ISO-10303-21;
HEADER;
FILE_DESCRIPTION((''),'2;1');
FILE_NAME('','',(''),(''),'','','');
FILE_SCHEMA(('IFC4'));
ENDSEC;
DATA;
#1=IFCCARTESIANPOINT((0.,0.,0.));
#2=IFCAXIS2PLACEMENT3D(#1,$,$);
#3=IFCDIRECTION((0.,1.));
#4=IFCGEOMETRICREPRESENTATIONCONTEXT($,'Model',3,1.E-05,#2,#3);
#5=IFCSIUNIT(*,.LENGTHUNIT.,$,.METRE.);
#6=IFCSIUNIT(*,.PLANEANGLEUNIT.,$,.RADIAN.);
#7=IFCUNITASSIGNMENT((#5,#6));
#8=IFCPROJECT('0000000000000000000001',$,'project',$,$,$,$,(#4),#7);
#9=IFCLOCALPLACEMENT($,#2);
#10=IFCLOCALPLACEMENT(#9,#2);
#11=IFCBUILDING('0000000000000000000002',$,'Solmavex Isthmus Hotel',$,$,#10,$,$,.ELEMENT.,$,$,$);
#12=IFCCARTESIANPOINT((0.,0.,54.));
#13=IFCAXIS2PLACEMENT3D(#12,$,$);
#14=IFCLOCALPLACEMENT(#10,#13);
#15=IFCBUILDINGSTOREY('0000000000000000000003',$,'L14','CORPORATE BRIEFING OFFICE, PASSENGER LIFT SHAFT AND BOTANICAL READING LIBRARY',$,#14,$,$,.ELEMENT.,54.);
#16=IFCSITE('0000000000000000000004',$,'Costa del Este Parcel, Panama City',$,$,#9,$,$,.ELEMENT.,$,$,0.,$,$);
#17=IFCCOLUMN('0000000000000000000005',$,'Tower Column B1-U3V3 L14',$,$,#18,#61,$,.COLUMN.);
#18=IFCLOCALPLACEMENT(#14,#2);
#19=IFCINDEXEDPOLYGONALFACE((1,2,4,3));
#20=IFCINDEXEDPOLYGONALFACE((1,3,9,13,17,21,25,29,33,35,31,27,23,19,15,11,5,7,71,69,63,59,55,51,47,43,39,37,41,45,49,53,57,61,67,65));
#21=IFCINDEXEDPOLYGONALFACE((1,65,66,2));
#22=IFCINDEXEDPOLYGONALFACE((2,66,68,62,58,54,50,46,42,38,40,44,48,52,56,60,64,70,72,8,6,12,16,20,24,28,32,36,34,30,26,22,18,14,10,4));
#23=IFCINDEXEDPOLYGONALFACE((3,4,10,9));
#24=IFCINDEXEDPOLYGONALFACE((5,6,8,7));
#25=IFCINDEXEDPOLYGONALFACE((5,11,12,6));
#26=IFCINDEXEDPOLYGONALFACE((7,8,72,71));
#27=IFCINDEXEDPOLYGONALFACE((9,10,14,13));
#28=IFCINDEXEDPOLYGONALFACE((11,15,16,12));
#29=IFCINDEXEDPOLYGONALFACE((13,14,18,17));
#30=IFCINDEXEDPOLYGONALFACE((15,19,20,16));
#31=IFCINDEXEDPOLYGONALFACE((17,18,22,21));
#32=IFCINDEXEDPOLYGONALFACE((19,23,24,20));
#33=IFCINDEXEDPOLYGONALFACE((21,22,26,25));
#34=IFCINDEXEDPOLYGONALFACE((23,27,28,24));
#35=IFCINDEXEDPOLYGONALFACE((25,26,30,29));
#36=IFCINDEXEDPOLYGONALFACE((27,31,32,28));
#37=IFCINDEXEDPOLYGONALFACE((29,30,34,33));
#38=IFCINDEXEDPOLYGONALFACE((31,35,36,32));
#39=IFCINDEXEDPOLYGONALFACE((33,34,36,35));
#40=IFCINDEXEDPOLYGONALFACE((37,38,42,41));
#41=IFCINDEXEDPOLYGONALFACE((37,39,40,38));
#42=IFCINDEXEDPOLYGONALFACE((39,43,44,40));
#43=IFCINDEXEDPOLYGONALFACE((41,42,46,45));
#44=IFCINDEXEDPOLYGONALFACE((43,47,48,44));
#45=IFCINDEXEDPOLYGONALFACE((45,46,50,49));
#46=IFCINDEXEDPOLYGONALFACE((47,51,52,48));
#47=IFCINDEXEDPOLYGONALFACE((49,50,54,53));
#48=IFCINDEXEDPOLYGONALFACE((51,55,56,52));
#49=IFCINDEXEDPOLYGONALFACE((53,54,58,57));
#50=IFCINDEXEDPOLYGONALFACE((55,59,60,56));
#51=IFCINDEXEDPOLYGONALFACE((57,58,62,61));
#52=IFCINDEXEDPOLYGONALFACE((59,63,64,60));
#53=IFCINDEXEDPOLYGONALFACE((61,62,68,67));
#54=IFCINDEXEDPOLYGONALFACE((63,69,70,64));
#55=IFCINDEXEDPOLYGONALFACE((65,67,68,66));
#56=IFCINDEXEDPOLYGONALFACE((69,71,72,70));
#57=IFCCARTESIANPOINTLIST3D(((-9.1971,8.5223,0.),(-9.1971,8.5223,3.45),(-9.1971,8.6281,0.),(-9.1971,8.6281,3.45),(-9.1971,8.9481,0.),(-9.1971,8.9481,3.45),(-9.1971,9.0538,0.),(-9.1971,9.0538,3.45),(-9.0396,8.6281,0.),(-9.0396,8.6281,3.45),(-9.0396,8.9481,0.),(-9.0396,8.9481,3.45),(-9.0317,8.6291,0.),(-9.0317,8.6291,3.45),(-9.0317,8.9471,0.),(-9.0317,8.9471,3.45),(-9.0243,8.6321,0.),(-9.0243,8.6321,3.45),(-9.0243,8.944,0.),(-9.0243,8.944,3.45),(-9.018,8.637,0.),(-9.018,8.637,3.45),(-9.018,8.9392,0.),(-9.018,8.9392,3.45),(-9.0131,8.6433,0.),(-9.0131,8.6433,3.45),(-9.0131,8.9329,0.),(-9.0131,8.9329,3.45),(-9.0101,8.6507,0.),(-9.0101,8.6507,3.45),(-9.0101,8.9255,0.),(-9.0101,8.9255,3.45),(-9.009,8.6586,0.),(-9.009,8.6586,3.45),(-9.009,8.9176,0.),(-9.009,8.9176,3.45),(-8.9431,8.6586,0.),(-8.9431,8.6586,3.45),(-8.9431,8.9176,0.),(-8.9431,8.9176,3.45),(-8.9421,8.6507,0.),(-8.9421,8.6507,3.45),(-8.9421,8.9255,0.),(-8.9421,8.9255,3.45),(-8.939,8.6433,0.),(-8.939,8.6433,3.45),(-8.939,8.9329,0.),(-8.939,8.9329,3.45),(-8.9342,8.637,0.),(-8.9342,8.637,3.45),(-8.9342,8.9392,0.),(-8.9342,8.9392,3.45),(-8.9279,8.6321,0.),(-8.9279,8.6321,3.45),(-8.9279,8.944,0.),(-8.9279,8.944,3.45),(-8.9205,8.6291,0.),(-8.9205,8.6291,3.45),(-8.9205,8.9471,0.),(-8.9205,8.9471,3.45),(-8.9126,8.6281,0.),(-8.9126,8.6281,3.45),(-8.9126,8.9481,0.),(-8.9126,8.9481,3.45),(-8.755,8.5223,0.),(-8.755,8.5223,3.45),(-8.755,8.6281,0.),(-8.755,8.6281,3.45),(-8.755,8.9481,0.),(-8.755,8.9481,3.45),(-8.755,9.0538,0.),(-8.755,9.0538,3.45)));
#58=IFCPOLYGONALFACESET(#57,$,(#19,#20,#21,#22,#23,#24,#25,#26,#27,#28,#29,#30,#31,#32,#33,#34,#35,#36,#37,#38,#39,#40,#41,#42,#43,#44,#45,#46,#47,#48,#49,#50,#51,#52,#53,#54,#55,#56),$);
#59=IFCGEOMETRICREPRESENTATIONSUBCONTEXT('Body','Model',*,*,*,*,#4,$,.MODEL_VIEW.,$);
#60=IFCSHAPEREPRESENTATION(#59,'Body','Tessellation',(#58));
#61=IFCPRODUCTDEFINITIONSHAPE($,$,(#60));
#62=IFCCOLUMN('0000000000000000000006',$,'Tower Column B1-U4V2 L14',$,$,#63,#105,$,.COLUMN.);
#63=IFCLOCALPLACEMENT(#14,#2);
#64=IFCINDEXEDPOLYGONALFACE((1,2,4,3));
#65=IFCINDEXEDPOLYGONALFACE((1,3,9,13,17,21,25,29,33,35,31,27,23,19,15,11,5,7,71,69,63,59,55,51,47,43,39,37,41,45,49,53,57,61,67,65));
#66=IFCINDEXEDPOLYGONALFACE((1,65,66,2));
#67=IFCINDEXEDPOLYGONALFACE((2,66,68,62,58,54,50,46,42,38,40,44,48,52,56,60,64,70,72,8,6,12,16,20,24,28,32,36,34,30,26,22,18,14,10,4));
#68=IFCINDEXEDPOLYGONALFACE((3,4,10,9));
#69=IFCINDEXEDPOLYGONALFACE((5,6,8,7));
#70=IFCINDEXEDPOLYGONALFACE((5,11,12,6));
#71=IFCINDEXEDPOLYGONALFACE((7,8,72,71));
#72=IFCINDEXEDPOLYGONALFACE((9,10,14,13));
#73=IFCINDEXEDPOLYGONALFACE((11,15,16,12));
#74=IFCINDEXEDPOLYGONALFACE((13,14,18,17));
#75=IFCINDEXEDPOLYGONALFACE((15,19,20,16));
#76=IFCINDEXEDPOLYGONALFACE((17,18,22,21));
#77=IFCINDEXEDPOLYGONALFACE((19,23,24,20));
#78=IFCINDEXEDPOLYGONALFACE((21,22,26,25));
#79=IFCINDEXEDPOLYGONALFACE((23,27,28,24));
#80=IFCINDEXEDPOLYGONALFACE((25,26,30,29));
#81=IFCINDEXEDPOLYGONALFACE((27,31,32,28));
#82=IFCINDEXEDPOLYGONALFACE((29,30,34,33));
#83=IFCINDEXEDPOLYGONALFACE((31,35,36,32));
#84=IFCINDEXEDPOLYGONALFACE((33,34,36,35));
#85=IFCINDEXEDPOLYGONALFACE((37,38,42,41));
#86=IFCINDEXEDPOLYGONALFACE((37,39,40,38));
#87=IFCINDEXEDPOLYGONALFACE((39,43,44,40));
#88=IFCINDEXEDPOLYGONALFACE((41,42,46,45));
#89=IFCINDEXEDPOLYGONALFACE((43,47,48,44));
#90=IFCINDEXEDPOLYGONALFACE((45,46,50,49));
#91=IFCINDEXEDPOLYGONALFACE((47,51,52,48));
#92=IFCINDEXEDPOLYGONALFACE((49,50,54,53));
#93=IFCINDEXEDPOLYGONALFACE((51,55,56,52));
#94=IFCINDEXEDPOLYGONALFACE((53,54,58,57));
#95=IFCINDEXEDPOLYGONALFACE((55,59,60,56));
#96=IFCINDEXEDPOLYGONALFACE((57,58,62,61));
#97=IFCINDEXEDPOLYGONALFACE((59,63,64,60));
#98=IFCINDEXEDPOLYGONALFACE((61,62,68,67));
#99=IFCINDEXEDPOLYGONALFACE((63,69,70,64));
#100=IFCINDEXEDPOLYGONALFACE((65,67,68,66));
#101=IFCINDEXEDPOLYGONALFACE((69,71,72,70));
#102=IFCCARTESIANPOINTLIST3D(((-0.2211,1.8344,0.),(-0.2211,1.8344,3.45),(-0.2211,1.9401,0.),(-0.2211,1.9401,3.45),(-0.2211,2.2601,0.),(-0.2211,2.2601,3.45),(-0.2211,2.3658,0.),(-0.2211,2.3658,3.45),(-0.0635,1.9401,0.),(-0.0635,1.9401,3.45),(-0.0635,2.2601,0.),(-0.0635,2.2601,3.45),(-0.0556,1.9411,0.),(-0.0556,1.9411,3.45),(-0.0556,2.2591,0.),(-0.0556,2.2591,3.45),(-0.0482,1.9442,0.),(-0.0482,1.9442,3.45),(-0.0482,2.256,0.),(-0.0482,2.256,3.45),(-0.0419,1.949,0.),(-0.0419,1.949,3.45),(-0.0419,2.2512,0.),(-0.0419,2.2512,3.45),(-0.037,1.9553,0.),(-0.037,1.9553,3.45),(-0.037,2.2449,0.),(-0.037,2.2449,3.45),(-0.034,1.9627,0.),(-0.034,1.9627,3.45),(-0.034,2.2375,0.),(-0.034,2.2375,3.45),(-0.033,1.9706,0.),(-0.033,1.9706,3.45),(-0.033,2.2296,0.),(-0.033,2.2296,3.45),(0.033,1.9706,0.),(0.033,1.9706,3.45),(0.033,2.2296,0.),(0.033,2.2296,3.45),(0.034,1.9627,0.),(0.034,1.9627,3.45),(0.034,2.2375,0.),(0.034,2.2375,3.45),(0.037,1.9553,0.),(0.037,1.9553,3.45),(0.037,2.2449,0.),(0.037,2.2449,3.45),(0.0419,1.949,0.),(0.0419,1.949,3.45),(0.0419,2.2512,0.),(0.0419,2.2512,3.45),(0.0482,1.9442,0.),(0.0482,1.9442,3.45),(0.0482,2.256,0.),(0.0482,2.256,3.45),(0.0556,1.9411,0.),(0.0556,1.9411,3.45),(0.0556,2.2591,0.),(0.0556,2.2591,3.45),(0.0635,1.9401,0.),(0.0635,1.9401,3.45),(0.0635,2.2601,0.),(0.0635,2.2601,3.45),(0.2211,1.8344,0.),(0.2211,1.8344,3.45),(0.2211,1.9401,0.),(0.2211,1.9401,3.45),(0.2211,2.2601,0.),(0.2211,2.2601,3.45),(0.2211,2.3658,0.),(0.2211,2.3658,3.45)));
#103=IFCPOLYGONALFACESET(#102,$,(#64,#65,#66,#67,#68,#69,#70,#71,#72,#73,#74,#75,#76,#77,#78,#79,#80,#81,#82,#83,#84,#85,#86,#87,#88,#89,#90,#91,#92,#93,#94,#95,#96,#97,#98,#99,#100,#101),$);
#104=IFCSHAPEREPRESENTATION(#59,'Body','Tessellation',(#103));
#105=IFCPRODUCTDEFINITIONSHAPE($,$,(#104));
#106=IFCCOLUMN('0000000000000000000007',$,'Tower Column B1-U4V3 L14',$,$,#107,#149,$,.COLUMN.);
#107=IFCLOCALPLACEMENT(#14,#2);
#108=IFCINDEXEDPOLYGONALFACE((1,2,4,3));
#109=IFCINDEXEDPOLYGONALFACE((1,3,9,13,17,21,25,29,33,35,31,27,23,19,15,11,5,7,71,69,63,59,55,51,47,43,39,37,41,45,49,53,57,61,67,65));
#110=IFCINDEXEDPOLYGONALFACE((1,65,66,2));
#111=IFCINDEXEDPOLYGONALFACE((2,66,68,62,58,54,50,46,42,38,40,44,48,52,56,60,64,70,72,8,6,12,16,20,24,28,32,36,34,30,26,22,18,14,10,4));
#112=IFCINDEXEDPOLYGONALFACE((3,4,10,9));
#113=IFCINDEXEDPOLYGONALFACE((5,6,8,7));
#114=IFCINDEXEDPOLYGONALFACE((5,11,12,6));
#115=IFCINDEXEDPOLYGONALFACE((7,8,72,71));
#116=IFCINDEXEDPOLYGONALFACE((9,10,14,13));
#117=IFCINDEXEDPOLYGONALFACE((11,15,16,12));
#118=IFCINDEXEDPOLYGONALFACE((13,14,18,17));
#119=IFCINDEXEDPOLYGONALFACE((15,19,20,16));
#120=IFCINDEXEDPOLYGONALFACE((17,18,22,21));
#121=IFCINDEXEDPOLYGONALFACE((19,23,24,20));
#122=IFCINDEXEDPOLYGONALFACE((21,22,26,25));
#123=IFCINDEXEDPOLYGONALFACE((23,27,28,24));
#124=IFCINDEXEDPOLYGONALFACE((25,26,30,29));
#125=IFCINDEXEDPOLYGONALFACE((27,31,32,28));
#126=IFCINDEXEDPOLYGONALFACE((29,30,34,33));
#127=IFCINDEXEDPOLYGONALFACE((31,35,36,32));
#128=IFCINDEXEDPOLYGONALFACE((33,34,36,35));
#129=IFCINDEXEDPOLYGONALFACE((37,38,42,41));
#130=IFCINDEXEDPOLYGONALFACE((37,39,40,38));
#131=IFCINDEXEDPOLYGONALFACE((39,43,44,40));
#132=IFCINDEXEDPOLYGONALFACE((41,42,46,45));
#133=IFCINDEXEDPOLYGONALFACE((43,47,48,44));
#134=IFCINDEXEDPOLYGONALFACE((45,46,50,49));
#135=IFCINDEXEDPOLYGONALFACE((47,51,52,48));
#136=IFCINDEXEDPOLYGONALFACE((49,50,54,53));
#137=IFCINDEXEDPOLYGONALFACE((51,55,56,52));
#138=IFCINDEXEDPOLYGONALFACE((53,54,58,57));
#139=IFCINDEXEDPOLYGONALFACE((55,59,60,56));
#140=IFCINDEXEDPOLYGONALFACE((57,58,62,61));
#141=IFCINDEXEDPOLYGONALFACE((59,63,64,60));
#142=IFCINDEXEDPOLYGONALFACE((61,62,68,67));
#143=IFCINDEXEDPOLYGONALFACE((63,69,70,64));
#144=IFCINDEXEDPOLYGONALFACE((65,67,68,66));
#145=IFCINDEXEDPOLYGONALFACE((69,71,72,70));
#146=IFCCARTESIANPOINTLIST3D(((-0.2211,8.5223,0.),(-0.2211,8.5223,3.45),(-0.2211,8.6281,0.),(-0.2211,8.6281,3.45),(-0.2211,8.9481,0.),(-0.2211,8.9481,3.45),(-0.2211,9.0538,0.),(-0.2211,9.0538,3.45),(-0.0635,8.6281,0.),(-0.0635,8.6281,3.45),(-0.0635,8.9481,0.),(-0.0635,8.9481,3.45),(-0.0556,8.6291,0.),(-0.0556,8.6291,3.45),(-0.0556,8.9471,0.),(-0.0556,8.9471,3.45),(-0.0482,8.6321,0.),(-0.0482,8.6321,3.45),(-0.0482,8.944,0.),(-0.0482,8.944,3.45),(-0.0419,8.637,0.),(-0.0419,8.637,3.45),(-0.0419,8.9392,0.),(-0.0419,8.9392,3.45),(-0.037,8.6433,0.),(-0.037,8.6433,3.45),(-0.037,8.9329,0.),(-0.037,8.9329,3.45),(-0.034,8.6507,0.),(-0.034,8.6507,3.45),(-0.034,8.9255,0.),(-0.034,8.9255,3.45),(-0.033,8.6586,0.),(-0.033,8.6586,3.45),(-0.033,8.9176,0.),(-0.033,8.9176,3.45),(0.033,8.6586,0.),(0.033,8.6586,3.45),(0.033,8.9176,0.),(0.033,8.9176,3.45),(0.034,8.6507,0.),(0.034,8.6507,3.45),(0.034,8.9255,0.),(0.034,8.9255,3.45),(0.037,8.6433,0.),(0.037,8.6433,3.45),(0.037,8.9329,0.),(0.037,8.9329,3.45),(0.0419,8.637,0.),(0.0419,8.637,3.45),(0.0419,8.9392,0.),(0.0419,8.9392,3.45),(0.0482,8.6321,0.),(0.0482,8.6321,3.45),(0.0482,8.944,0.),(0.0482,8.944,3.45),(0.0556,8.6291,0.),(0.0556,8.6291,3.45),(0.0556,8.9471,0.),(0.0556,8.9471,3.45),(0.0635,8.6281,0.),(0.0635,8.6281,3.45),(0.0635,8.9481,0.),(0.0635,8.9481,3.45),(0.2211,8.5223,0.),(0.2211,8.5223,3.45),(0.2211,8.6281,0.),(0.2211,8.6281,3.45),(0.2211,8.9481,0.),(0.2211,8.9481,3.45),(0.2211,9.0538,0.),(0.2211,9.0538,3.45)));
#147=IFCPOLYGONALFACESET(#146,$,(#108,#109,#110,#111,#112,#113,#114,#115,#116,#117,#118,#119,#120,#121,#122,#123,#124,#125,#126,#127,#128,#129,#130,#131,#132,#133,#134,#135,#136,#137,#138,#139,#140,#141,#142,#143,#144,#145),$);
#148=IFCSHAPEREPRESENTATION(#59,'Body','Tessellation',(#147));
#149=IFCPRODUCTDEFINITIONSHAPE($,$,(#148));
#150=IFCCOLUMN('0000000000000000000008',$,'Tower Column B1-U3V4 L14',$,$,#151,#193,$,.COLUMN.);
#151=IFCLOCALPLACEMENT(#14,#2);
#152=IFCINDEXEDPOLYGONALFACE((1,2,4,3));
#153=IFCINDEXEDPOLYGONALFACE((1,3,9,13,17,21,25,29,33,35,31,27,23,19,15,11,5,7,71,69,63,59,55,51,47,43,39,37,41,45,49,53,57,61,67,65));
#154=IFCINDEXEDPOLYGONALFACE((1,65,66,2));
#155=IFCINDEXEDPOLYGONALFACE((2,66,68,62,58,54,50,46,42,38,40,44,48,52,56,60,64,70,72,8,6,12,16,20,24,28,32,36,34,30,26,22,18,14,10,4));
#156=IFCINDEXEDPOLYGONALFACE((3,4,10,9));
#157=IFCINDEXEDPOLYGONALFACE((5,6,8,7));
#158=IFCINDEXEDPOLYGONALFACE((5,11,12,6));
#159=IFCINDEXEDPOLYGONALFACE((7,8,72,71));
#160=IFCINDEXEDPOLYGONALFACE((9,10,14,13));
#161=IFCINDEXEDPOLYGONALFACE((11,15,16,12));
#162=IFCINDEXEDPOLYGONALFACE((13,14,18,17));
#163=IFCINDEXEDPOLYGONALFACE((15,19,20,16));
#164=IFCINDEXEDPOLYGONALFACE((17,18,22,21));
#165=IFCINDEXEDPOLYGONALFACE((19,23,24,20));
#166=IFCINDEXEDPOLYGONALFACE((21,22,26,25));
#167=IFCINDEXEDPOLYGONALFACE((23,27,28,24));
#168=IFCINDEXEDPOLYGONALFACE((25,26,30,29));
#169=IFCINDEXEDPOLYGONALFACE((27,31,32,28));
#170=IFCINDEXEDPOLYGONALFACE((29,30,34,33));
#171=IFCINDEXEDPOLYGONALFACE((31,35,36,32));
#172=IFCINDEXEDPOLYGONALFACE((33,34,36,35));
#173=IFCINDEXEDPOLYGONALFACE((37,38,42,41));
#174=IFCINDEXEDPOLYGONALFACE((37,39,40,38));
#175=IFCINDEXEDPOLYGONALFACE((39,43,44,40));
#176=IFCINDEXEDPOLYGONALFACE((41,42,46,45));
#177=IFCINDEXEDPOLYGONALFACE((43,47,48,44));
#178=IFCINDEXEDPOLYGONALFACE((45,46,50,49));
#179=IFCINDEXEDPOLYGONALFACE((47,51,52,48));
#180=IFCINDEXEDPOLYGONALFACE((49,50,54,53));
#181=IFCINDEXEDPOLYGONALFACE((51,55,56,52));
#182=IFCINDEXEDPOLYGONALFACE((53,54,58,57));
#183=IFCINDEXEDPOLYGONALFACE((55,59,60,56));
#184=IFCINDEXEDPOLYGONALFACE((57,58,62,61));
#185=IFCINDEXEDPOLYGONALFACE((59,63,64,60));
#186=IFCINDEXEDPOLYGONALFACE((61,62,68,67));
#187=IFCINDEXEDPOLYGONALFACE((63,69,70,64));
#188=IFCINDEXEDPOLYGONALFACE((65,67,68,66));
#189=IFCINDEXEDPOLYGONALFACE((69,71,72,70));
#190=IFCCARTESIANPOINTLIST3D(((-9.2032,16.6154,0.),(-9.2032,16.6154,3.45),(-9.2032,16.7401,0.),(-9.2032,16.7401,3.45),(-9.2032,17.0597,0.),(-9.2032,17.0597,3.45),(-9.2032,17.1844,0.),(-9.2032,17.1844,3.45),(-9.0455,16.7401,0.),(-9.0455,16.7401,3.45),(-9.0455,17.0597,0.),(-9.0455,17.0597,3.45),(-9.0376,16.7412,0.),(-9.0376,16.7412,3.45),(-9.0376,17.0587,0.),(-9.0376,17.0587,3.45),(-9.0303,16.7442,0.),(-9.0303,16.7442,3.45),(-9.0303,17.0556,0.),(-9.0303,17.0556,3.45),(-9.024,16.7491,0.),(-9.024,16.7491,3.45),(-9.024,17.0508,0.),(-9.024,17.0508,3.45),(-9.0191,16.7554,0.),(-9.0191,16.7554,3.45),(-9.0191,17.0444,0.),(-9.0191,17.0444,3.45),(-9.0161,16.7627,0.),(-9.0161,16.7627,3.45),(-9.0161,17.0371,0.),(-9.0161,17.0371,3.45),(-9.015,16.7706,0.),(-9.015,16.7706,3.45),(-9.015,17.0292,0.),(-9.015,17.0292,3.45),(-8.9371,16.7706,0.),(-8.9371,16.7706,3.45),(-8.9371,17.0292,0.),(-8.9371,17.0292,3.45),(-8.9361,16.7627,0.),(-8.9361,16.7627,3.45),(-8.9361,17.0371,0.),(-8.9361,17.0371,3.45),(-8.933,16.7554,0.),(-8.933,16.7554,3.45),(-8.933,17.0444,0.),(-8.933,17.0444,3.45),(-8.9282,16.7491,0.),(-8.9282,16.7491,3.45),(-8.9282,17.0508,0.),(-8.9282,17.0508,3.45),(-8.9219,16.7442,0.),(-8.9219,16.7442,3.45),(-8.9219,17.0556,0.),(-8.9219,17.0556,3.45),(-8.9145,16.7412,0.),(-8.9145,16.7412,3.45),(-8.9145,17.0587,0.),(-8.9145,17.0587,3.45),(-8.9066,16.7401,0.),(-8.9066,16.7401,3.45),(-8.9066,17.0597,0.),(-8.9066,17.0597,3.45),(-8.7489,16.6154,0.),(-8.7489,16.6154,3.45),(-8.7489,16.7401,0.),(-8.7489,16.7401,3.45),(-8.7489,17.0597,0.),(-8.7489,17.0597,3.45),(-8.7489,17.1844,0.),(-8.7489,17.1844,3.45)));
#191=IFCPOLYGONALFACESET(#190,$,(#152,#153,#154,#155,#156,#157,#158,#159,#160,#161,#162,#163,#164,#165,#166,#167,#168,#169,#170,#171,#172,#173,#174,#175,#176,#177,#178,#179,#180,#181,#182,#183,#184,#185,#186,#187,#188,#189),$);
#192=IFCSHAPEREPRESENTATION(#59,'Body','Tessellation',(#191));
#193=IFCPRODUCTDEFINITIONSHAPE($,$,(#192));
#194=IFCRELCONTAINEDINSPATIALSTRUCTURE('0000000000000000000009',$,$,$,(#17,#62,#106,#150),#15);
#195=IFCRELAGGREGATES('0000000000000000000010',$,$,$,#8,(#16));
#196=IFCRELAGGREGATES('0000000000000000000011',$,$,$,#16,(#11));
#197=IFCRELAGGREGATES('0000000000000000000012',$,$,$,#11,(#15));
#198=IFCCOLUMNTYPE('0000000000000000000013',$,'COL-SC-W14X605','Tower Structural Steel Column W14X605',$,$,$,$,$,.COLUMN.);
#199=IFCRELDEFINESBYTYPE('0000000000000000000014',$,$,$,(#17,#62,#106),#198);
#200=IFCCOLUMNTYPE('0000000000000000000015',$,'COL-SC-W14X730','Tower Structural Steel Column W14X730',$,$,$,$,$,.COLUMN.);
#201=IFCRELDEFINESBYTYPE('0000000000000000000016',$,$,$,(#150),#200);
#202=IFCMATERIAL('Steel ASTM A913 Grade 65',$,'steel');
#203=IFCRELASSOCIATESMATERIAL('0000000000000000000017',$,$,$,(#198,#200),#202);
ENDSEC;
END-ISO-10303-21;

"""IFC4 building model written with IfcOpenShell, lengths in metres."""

from ifc_helpers import new_model, si_unit, direction, frame, origin, origin_2d, place, context, subcontext, project, spatial, i_section, extrude, material, material_profile, profile_set, type_object, element, save


model = new_model("IFC4")

# Units and contexts
model_context = context("Model", 3, precision=1e-05, world=origin(), true_north=direction((0.0, 1.0)))
body_context = subcontext(model_context, "Body", "Model", "MODEL_VIEW")
ifc_project = project(units=[si_unit("LENGTHUNIT", "METRE"), si_unit("PLANEANGLEUNIT", "RADIAN")], contexts=[model_context])

# Site, building, storey
site_placement = place(None, origin())
site = spatial("IfcSite", under=ifc_project, at=site_placement, Name="Costa del Este Parcel, Panama City", CompositionType="ELEMENT", RefElevation=0.0)
building_placement = place(site_placement, origin())
building = spatial("IfcBuilding", under=site, at=building_placement, Name="Solmavex Isthmus Hotel", CompositionType="ELEMENT")
storey_placement = place(building_placement, frame((0.0, 0.0, 54.0)))
storey = spatial("IfcBuildingStorey", under=building, at=storey_placement, Name="L14", Description="CORPORATE BRIEFING OFFICE, PASSENGER LIFT SHAFT AND BOTANICAL READING LIBRARY", CompositionType="ELEMENT", Elevation=54.0)

# Columns
ifc_material_1 = material(Name="Steel ASTM A913 Grade 65", Category="steel")
ifc_material_profile_1 = material_profile(ifc_material_1, i_section(OverallWidth=0.4421, OverallDepth=0.5315, WebThickness=0.0659, FlangeThickness=0.1057, FilletRadius=0.0305, at=origin_2d()), Name="W14X605")
ifc_profile_set_1 = profile_set([ifc_material_profile_1], Name="Steel ASTM A913 Grade 65")
column_type_1 = type_object("IfcColumnType", Name="COL-SC-W14X605", Description="Tower Structural Steel Column W14X605", PredefinedType="COLUMN", material=ifc_profile_set_1)
for number, where, z_axis, x_axis, name in (
    (1, (-8.9761, 8.7881, 0.0), (0.0, 0.0, 1.0), (1.0, 0.0, 0.0), "Tower Column B1-U3V3 L14"),
    (2, (0.0, 2.1001, 0.0), (0.0, 0.0, 1.0), (1.0, 0.0, 0.0), "Tower Column B1-U4V2 L14"),
    (3, (0.0, 8.7881, 0.0), (0.0, 0.0, 1.0), (1.0, 0.0, 0.0), "Tower Column B1-U4V3 L14"),
):
    element("IfcColumn", number, at=place(storey_placement, frame(where, z_axis=z_axis, x_axis=x_axis)), inside=storey, type_object=column_type_1, Name=name, PredefinedType="COLUMN", context=body_context, shape_type="SweptSolid", body=[
        extrude(i_section(OverallWidth=0.4421, OverallDepth=0.5315, WebThickness=0.0659, FlangeThickness=0.1057, FilletRadius=0.0305, at=origin_2d()), origin(), (0.0, 0.0, 1.0), 3.45),
    ])
ifc_material_profile_2 = material_profile(ifc_material_1, i_section(OverallWidth=0.4543, OverallDepth=0.5691, WebThickness=0.0779, FlangeThickness=0.1248, FilletRadius=0.0305, at=origin_2d()), Name="W14X730")
ifc_profile_set_2 = profile_set([ifc_material_profile_2], Name="Steel ASTM A913 Grade 65")
column_type_2 = type_object("IfcColumnType", Name="COL-SC-W14X730", Description="Tower Structural Steel Column W14X730", PredefinedType="COLUMN", material=ifc_profile_set_2)
column_placement = place(storey_placement, frame((-8.9761, 16.8999, 0.0), z_axis=(0.0, 0.0, 1.0), x_axis=(1.0, 0.0, 0.0)))
element("IfcColumn", 4, at=column_placement, inside=storey, type_object=column_type_2, Name="Tower Column B1-U3V4 L14", PredefinedType="COLUMN", context=body_context, shape_type="SweptSolid", body=[
    extrude(i_section(OverallWidth=0.4543, OverallDepth=0.5691, WebThickness=0.0779, FlangeThickness=0.1248, FilletRadius=0.0305, at=origin_2d()), origin(), (0.0, 0.0, 1.0), 3.45),
])

save(model, "model.ifc")
